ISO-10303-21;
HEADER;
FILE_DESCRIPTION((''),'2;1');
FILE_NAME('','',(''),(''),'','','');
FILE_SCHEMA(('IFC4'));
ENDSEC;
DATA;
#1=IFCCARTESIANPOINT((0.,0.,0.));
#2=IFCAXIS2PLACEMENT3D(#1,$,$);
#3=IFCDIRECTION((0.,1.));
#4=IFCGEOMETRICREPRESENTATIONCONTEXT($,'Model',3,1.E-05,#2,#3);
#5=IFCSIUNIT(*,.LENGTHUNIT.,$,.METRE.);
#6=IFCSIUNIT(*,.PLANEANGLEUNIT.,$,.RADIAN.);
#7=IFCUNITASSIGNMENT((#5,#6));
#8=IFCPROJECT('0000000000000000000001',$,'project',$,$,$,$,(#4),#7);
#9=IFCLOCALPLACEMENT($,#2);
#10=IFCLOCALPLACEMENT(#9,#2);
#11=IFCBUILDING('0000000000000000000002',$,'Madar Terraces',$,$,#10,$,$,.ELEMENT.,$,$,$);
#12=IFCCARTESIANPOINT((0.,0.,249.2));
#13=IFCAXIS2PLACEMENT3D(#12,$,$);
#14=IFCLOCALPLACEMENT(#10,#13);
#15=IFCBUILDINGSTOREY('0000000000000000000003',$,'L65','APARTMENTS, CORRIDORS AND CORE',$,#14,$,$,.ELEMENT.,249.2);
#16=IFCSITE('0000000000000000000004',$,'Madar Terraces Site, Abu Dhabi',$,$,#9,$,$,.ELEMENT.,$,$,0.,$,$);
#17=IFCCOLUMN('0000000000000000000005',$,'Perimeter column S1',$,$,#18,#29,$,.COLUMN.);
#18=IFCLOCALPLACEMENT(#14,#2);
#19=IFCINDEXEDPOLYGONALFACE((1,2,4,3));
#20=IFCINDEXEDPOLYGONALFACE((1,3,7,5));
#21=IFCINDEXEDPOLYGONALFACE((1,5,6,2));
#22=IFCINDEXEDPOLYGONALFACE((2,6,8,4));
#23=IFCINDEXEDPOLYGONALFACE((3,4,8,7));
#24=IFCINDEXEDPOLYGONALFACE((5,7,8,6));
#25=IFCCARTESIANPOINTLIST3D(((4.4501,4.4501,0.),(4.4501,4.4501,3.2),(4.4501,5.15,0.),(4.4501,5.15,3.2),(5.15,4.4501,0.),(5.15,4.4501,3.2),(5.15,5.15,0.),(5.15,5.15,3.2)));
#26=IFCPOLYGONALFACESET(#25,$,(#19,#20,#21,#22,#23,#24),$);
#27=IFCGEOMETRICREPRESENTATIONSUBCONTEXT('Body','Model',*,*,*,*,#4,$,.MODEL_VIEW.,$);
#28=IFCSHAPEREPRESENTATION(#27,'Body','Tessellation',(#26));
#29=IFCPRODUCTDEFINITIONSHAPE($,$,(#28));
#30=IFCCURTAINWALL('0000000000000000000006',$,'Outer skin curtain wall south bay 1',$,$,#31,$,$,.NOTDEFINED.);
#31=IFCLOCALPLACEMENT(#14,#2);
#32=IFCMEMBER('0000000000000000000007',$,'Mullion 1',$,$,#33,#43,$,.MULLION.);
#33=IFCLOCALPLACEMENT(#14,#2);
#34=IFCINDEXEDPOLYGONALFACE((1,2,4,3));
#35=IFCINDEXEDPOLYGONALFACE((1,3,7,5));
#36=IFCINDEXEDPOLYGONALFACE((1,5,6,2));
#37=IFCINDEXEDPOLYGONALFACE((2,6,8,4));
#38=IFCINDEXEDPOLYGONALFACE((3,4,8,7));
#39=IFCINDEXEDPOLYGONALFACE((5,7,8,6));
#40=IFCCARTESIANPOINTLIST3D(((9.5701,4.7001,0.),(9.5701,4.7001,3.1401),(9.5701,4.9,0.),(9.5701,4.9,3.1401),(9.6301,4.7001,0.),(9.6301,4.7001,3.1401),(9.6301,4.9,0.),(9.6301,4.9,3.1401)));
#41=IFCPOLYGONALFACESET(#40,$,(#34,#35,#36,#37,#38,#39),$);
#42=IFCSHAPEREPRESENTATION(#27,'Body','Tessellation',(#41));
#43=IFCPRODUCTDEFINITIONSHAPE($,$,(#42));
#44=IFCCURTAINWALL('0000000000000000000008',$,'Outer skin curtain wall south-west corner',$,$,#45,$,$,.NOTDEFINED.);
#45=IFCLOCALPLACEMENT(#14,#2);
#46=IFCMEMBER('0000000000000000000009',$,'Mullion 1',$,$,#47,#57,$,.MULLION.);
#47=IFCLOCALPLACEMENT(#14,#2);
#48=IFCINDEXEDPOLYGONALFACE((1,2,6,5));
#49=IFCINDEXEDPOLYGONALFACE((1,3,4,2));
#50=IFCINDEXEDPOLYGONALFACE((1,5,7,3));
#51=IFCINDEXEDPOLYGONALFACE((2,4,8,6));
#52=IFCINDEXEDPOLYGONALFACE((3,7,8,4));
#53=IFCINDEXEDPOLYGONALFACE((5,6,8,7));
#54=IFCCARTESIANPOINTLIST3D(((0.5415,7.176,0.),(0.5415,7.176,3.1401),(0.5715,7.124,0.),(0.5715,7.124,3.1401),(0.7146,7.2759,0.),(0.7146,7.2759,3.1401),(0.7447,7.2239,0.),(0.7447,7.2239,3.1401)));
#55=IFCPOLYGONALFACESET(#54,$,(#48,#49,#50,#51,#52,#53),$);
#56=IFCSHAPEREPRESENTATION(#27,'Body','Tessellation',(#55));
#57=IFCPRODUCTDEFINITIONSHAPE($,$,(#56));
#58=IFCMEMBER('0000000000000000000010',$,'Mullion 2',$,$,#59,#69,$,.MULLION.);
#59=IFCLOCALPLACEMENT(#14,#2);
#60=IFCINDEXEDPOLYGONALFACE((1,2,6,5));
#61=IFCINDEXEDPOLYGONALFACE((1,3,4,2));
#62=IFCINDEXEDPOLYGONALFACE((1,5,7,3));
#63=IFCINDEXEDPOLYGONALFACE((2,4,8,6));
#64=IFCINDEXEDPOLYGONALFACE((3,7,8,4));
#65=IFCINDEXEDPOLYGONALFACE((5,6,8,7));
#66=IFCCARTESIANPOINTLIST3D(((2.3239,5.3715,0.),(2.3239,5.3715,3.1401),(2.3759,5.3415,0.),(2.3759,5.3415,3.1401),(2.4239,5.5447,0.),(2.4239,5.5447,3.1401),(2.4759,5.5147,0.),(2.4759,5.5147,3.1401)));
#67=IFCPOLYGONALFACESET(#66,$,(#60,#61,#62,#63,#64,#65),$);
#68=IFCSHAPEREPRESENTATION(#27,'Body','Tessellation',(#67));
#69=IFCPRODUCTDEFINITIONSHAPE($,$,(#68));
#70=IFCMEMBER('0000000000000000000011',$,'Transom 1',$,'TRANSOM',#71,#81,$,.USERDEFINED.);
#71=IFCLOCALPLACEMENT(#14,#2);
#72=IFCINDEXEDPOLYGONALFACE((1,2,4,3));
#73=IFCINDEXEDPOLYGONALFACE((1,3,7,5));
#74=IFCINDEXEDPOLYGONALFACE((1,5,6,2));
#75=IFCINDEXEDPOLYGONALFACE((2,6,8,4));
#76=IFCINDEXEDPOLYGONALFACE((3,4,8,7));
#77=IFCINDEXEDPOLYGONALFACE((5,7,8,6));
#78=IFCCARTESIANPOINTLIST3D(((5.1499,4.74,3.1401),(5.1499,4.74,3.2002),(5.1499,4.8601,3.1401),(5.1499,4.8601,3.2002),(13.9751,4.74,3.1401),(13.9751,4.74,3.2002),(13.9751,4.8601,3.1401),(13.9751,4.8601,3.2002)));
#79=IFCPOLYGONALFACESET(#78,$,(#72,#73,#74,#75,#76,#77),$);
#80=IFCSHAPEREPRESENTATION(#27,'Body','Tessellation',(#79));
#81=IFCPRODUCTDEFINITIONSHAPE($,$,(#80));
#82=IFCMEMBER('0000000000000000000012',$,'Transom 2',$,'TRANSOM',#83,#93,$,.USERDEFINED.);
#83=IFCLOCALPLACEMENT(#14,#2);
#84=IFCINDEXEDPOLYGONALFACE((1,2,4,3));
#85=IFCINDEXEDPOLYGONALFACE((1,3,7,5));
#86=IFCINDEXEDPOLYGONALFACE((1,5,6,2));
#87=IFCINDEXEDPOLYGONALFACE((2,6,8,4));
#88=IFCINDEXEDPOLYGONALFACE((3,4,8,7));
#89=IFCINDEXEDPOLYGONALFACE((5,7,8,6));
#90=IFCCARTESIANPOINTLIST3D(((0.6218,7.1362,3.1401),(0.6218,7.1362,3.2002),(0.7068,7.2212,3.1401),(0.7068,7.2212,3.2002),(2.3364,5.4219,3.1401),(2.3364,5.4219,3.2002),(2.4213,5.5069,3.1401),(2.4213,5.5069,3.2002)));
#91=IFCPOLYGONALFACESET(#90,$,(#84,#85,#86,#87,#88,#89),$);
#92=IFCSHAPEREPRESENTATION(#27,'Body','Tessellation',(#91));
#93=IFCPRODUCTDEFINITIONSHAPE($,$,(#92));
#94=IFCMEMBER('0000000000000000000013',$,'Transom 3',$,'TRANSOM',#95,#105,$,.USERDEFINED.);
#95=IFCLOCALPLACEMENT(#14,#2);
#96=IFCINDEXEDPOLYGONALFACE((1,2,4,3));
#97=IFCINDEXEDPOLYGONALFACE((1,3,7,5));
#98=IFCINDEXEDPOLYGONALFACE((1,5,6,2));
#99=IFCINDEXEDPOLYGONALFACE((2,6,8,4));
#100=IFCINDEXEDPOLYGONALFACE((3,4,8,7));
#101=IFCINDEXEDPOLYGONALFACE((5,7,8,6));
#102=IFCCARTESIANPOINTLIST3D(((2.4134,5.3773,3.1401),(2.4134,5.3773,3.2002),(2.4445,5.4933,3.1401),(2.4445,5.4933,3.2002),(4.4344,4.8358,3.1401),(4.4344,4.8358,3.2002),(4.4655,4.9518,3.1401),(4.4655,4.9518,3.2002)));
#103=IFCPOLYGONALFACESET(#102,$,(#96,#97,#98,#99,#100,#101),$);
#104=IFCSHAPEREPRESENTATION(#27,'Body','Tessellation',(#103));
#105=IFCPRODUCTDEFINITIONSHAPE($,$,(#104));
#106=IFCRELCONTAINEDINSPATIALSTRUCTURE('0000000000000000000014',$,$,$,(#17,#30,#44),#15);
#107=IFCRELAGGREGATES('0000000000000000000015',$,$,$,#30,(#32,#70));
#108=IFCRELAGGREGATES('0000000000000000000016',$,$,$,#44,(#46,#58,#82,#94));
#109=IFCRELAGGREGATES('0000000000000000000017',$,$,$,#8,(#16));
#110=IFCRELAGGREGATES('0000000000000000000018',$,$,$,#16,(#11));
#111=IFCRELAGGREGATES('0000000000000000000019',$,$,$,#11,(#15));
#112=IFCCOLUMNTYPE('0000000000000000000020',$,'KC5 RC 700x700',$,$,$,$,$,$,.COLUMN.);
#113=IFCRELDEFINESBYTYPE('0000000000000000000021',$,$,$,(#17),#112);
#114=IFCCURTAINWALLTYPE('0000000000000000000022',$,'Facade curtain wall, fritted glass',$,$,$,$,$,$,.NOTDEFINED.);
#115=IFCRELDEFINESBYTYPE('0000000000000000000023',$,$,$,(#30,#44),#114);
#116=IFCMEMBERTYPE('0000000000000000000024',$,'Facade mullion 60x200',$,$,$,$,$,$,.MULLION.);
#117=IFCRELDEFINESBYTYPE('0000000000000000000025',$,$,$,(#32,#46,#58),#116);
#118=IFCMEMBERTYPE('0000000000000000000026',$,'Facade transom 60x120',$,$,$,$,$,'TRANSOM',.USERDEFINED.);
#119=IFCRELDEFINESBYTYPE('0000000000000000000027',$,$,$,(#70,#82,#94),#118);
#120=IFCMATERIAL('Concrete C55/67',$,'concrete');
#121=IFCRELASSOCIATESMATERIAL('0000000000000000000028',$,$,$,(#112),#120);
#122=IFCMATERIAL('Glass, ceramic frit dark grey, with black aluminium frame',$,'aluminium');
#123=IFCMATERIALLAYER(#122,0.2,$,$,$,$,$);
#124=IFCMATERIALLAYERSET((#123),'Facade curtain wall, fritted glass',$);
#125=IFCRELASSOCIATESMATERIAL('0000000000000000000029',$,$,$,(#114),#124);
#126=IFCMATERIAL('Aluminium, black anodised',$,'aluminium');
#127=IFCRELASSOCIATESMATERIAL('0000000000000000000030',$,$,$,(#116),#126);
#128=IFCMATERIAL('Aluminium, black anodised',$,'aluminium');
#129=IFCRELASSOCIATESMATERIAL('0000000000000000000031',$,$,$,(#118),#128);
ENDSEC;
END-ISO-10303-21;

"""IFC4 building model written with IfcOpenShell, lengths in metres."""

from ifc_helpers import new_model, si_unit, direction, frame, origin, origin_2d, place, context, subcontext, project, spatial, rectangle, extrude, material, layer, layer_set, material_profile, profile_set, type_object, element, aggregate, save


model = new_model("IFC4")

# Units and contexts
model_context = context("Model", 3, precision=1e-05, world=origin(), true_north=direction((0.0, 1.0)))
body_context = subcontext(model_context, "Body", "Model", "MODEL_VIEW")
ifc_project = project(units=[si_unit("LENGTHUNIT", "METRE"), si_unit("PLANEANGLEUNIT", "RADIAN")], contexts=[model_context])

# Site, building, storey
site_placement = place(None, origin())
site = spatial("IfcSite", under=ifc_project, at=site_placement, Name="Madar Terraces Site, Abu Dhabi", CompositionType="ELEMENT", RefElevation=0.0)
building_placement = place(site_placement, origin())
building = spatial("IfcBuilding", under=site, at=building_placement, Name="Madar Terraces", CompositionType="ELEMENT")
storey_placement = place(building_placement, frame((0.0, 0.0, 249.2)))
storey = spatial("IfcBuildingStorey", under=building, at=storey_placement, Name="L65", Description="APARTMENTS, CORRIDORS AND CORE", CompositionType="ELEMENT", Elevation=249.2)

# Column
ifc_material_1 = material(Name="Concrete C55/67", Category="concrete")
ifc_material_profile_1 = material_profile(ifc_material_1, rectangle(XDim=0.7, YDim=0.7, at=origin_2d()), Name="KC5 RC 700x700")
ifc_profile_set_1 = profile_set([ifc_material_profile_1], Name="Concrete C55/67")
column_type = type_object("IfcColumnType", Name="KC5 RC 700x700", PredefinedType="COLUMN", material=ifc_profile_set_1)
column_placement = place(storey_placement, frame((4.8, 4.8, 0.0), z_axis=(0.0, 0.0, 1.0), x_axis=(1.0, 0.0, 0.0)))
element("IfcColumn", 1, at=column_placement, inside=storey, type_object=column_type, Name="Perimeter column S1", PredefinedType="COLUMN", context=body_context, shape_type="SweptSolid", body=[
    extrude(rectangle(XDim=0.7, YDim=0.7, at=origin_2d()), origin(), (0.0, 0.0, 1.0), 3.2),
])

# Curtain wall, member
ifc_material_2 = material(Name="Glass, ceramic frit dark grey, with black aluminium frame", Category="aluminium")
ifc_layer_1 = layer(ifc_material_2, 0.2)
ifc_layer_set_1 = layer_set([ifc_layer_1], Name="Facade curtain wall, fritted glass")
curtain_wall_type = type_object("IfcCurtainWallType", Name="Facade curtain wall, fritted glass", PredefinedType="NOTDEFINED", material=ifc_layer_set_1)
curtain_wall_1_placement = place(storey_placement, origin())
curtain_wall_1 = element("IfcCurtainWall", 2, at=curtain_wall_1_placement, inside=storey, type_object=curtain_wall_type, Name="Outer skin curtain wall south bay 1", PredefinedType="NOTDEFINED")
ifc_material_3 = material(Name="Aluminium, black anodised", Category="aluminium")
ifc_material_profile_2 = material_profile(ifc_material_3, rectangle(XDim=0.2, YDim=0.0601, at=origin_2d()), Name="Facade mullion 60x200")
ifc_profile_set_2 = profile_set([ifc_material_profile_2], Name="Aluminium, black anodised")
member_type_1 = type_object("IfcMemberType", Name="Facade mullion 60x200", PredefinedType="MULLION", material=ifc_profile_set_2)
member_1_placement = place(storey_placement, frame((9.6001, 4.8, 0.0), z_axis=(0.0, 0.0, 1.0), x_axis=(0.0, 1.0, 0.0)))
member_1 = element("IfcMember", 3, at=member_1_placement, type_object=member_type_1, Name="Mullion 1", PredefinedType="MULLION", context=body_context, shape_type="SweptSolid", body=[
    extrude(rectangle(XDim=0.2, YDim=0.0601, at=origin_2d()), origin(), (0.0, 0.0, 1.0), 3.1401),
])

# Curtain wall, members
curtain_wall_2_placement = place(storey_placement, origin())
curtain_wall_2 = element("IfcCurtainWall", 4, at=curtain_wall_2_placement, inside=storey, type_object=curtain_wall_type, Name="Outer skin curtain wall south-west corner", PredefinedType="NOTDEFINED")
member_2_placement = place(storey_placement, frame((0.6431, 7.2, 0.0), z_axis=(0.0, 0.0, 1.0), x_axis=(0.866025, 0.5, 0.0)))
member_2 = element("IfcMember", 5, at=member_2_placement, type_object=member_type_1, Name="Mullion 1", PredefinedType="MULLION", context=body_context, shape_type="SweptSolid", body=[
    extrude(rectangle(XDim=0.2, YDim=0.0601, at=origin_2d()), origin(), (0.0, 0.0, 1.0), 3.1401),
])
member_3_placement = place(storey_placement, frame((2.3999, 5.4431, 0.0), z_axis=(0.0, 0.0, 1.0), x_axis=(0.5, 0.866025, 0.0)))
member_3 = element("IfcMember", 6, at=member_3_placement, type_object=member_type_1, Name="Mullion 2", PredefinedType="MULLION", context=body_context, shape_type="SweptSolid", body=[
    extrude(rectangle(XDim=0.2, YDim=0.0601, at=origin_2d()), origin(), (0.0, 0.0, 1.0), 3.1401),
])

# Members
ifc_material_4 = material(Name="Aluminium, black anodised", Category="aluminium")
ifc_material_profile_3 = material_profile(ifc_material_4, rectangle(XDim=0.1201, YDim=0.0601, at=origin_2d()), Name="Facade transom 60x120")
ifc_profile_set_3 = profile_set([ifc_material_profile_3], Name="Aluminium, black anodised")
member_type_2 = type_object("IfcMemberType", Name="Facade transom 60x120", ElementType="TRANSOM", PredefinedType="USERDEFINED", material=ifc_profile_set_3)
member_4_placement = place(storey_placement, frame((5.1499, 4.8, 3.1702), z_axis=(1.0, 0.0, 0.0), x_axis=(0.0, 1.0, 0.0)))
member_4 = element("IfcMember", 7, at=member_4_placement, type_object=member_type_2, Name="Transom 1", ObjectType="TRANSOM", PredefinedType="USERDEFINED", context=body_context, shape_type="SweptSolid", body=[
    extrude(rectangle(XDim=0.1201, YDim=0.0601, at=origin_2d()), origin(), (0.0, 0.0, 1.0), 8.8252),
])
member_5_placement = place(storey_placement, frame((0.6643, 7.1787, 3.1702), z_axis=(0.707157, -0.707056, 0.0), x_axis=(0.707056, 0.707157, 0.0)))
member_5 = element("IfcMember", 8, at=member_5_placement, type_object=member_type_2, Name="Transom 2", ObjectType="TRANSOM", PredefinedType="USERDEFINED", context=body_context, shape_type="SweptSolid", body=[
    extrude(rectangle(XDim=0.1201, YDim=0.0601, at=origin_2d()), origin(), (0.0, 0.0, 1.0), 2.4246),
])
member_6_placement = place(storey_placement, frame((2.429, 5.4353, 3.1702), z_axis=(0.965928, -0.25881, 0.0), x_axis=(0.25881, 0.965928, 0.0)))
member_6 = element("IfcMember", 9, at=member_6_placement, type_object=member_type_2, Name="Transom 3", ObjectType="TRANSOM", PredefinedType="USERDEFINED", context=body_context, shape_type="SweptSolid", body=[
    extrude(rectangle(XDim=0.1201, YDim=0.0601, at=origin_2d()), origin(), (0.0, 0.0, 1.0), 2.0923),
])

aggregate(curtain_wall_1, [member_1, member_4])
aggregate(curtain_wall_2, [member_2, member_3, member_5, member_6])

save(model, "model.ifc")
